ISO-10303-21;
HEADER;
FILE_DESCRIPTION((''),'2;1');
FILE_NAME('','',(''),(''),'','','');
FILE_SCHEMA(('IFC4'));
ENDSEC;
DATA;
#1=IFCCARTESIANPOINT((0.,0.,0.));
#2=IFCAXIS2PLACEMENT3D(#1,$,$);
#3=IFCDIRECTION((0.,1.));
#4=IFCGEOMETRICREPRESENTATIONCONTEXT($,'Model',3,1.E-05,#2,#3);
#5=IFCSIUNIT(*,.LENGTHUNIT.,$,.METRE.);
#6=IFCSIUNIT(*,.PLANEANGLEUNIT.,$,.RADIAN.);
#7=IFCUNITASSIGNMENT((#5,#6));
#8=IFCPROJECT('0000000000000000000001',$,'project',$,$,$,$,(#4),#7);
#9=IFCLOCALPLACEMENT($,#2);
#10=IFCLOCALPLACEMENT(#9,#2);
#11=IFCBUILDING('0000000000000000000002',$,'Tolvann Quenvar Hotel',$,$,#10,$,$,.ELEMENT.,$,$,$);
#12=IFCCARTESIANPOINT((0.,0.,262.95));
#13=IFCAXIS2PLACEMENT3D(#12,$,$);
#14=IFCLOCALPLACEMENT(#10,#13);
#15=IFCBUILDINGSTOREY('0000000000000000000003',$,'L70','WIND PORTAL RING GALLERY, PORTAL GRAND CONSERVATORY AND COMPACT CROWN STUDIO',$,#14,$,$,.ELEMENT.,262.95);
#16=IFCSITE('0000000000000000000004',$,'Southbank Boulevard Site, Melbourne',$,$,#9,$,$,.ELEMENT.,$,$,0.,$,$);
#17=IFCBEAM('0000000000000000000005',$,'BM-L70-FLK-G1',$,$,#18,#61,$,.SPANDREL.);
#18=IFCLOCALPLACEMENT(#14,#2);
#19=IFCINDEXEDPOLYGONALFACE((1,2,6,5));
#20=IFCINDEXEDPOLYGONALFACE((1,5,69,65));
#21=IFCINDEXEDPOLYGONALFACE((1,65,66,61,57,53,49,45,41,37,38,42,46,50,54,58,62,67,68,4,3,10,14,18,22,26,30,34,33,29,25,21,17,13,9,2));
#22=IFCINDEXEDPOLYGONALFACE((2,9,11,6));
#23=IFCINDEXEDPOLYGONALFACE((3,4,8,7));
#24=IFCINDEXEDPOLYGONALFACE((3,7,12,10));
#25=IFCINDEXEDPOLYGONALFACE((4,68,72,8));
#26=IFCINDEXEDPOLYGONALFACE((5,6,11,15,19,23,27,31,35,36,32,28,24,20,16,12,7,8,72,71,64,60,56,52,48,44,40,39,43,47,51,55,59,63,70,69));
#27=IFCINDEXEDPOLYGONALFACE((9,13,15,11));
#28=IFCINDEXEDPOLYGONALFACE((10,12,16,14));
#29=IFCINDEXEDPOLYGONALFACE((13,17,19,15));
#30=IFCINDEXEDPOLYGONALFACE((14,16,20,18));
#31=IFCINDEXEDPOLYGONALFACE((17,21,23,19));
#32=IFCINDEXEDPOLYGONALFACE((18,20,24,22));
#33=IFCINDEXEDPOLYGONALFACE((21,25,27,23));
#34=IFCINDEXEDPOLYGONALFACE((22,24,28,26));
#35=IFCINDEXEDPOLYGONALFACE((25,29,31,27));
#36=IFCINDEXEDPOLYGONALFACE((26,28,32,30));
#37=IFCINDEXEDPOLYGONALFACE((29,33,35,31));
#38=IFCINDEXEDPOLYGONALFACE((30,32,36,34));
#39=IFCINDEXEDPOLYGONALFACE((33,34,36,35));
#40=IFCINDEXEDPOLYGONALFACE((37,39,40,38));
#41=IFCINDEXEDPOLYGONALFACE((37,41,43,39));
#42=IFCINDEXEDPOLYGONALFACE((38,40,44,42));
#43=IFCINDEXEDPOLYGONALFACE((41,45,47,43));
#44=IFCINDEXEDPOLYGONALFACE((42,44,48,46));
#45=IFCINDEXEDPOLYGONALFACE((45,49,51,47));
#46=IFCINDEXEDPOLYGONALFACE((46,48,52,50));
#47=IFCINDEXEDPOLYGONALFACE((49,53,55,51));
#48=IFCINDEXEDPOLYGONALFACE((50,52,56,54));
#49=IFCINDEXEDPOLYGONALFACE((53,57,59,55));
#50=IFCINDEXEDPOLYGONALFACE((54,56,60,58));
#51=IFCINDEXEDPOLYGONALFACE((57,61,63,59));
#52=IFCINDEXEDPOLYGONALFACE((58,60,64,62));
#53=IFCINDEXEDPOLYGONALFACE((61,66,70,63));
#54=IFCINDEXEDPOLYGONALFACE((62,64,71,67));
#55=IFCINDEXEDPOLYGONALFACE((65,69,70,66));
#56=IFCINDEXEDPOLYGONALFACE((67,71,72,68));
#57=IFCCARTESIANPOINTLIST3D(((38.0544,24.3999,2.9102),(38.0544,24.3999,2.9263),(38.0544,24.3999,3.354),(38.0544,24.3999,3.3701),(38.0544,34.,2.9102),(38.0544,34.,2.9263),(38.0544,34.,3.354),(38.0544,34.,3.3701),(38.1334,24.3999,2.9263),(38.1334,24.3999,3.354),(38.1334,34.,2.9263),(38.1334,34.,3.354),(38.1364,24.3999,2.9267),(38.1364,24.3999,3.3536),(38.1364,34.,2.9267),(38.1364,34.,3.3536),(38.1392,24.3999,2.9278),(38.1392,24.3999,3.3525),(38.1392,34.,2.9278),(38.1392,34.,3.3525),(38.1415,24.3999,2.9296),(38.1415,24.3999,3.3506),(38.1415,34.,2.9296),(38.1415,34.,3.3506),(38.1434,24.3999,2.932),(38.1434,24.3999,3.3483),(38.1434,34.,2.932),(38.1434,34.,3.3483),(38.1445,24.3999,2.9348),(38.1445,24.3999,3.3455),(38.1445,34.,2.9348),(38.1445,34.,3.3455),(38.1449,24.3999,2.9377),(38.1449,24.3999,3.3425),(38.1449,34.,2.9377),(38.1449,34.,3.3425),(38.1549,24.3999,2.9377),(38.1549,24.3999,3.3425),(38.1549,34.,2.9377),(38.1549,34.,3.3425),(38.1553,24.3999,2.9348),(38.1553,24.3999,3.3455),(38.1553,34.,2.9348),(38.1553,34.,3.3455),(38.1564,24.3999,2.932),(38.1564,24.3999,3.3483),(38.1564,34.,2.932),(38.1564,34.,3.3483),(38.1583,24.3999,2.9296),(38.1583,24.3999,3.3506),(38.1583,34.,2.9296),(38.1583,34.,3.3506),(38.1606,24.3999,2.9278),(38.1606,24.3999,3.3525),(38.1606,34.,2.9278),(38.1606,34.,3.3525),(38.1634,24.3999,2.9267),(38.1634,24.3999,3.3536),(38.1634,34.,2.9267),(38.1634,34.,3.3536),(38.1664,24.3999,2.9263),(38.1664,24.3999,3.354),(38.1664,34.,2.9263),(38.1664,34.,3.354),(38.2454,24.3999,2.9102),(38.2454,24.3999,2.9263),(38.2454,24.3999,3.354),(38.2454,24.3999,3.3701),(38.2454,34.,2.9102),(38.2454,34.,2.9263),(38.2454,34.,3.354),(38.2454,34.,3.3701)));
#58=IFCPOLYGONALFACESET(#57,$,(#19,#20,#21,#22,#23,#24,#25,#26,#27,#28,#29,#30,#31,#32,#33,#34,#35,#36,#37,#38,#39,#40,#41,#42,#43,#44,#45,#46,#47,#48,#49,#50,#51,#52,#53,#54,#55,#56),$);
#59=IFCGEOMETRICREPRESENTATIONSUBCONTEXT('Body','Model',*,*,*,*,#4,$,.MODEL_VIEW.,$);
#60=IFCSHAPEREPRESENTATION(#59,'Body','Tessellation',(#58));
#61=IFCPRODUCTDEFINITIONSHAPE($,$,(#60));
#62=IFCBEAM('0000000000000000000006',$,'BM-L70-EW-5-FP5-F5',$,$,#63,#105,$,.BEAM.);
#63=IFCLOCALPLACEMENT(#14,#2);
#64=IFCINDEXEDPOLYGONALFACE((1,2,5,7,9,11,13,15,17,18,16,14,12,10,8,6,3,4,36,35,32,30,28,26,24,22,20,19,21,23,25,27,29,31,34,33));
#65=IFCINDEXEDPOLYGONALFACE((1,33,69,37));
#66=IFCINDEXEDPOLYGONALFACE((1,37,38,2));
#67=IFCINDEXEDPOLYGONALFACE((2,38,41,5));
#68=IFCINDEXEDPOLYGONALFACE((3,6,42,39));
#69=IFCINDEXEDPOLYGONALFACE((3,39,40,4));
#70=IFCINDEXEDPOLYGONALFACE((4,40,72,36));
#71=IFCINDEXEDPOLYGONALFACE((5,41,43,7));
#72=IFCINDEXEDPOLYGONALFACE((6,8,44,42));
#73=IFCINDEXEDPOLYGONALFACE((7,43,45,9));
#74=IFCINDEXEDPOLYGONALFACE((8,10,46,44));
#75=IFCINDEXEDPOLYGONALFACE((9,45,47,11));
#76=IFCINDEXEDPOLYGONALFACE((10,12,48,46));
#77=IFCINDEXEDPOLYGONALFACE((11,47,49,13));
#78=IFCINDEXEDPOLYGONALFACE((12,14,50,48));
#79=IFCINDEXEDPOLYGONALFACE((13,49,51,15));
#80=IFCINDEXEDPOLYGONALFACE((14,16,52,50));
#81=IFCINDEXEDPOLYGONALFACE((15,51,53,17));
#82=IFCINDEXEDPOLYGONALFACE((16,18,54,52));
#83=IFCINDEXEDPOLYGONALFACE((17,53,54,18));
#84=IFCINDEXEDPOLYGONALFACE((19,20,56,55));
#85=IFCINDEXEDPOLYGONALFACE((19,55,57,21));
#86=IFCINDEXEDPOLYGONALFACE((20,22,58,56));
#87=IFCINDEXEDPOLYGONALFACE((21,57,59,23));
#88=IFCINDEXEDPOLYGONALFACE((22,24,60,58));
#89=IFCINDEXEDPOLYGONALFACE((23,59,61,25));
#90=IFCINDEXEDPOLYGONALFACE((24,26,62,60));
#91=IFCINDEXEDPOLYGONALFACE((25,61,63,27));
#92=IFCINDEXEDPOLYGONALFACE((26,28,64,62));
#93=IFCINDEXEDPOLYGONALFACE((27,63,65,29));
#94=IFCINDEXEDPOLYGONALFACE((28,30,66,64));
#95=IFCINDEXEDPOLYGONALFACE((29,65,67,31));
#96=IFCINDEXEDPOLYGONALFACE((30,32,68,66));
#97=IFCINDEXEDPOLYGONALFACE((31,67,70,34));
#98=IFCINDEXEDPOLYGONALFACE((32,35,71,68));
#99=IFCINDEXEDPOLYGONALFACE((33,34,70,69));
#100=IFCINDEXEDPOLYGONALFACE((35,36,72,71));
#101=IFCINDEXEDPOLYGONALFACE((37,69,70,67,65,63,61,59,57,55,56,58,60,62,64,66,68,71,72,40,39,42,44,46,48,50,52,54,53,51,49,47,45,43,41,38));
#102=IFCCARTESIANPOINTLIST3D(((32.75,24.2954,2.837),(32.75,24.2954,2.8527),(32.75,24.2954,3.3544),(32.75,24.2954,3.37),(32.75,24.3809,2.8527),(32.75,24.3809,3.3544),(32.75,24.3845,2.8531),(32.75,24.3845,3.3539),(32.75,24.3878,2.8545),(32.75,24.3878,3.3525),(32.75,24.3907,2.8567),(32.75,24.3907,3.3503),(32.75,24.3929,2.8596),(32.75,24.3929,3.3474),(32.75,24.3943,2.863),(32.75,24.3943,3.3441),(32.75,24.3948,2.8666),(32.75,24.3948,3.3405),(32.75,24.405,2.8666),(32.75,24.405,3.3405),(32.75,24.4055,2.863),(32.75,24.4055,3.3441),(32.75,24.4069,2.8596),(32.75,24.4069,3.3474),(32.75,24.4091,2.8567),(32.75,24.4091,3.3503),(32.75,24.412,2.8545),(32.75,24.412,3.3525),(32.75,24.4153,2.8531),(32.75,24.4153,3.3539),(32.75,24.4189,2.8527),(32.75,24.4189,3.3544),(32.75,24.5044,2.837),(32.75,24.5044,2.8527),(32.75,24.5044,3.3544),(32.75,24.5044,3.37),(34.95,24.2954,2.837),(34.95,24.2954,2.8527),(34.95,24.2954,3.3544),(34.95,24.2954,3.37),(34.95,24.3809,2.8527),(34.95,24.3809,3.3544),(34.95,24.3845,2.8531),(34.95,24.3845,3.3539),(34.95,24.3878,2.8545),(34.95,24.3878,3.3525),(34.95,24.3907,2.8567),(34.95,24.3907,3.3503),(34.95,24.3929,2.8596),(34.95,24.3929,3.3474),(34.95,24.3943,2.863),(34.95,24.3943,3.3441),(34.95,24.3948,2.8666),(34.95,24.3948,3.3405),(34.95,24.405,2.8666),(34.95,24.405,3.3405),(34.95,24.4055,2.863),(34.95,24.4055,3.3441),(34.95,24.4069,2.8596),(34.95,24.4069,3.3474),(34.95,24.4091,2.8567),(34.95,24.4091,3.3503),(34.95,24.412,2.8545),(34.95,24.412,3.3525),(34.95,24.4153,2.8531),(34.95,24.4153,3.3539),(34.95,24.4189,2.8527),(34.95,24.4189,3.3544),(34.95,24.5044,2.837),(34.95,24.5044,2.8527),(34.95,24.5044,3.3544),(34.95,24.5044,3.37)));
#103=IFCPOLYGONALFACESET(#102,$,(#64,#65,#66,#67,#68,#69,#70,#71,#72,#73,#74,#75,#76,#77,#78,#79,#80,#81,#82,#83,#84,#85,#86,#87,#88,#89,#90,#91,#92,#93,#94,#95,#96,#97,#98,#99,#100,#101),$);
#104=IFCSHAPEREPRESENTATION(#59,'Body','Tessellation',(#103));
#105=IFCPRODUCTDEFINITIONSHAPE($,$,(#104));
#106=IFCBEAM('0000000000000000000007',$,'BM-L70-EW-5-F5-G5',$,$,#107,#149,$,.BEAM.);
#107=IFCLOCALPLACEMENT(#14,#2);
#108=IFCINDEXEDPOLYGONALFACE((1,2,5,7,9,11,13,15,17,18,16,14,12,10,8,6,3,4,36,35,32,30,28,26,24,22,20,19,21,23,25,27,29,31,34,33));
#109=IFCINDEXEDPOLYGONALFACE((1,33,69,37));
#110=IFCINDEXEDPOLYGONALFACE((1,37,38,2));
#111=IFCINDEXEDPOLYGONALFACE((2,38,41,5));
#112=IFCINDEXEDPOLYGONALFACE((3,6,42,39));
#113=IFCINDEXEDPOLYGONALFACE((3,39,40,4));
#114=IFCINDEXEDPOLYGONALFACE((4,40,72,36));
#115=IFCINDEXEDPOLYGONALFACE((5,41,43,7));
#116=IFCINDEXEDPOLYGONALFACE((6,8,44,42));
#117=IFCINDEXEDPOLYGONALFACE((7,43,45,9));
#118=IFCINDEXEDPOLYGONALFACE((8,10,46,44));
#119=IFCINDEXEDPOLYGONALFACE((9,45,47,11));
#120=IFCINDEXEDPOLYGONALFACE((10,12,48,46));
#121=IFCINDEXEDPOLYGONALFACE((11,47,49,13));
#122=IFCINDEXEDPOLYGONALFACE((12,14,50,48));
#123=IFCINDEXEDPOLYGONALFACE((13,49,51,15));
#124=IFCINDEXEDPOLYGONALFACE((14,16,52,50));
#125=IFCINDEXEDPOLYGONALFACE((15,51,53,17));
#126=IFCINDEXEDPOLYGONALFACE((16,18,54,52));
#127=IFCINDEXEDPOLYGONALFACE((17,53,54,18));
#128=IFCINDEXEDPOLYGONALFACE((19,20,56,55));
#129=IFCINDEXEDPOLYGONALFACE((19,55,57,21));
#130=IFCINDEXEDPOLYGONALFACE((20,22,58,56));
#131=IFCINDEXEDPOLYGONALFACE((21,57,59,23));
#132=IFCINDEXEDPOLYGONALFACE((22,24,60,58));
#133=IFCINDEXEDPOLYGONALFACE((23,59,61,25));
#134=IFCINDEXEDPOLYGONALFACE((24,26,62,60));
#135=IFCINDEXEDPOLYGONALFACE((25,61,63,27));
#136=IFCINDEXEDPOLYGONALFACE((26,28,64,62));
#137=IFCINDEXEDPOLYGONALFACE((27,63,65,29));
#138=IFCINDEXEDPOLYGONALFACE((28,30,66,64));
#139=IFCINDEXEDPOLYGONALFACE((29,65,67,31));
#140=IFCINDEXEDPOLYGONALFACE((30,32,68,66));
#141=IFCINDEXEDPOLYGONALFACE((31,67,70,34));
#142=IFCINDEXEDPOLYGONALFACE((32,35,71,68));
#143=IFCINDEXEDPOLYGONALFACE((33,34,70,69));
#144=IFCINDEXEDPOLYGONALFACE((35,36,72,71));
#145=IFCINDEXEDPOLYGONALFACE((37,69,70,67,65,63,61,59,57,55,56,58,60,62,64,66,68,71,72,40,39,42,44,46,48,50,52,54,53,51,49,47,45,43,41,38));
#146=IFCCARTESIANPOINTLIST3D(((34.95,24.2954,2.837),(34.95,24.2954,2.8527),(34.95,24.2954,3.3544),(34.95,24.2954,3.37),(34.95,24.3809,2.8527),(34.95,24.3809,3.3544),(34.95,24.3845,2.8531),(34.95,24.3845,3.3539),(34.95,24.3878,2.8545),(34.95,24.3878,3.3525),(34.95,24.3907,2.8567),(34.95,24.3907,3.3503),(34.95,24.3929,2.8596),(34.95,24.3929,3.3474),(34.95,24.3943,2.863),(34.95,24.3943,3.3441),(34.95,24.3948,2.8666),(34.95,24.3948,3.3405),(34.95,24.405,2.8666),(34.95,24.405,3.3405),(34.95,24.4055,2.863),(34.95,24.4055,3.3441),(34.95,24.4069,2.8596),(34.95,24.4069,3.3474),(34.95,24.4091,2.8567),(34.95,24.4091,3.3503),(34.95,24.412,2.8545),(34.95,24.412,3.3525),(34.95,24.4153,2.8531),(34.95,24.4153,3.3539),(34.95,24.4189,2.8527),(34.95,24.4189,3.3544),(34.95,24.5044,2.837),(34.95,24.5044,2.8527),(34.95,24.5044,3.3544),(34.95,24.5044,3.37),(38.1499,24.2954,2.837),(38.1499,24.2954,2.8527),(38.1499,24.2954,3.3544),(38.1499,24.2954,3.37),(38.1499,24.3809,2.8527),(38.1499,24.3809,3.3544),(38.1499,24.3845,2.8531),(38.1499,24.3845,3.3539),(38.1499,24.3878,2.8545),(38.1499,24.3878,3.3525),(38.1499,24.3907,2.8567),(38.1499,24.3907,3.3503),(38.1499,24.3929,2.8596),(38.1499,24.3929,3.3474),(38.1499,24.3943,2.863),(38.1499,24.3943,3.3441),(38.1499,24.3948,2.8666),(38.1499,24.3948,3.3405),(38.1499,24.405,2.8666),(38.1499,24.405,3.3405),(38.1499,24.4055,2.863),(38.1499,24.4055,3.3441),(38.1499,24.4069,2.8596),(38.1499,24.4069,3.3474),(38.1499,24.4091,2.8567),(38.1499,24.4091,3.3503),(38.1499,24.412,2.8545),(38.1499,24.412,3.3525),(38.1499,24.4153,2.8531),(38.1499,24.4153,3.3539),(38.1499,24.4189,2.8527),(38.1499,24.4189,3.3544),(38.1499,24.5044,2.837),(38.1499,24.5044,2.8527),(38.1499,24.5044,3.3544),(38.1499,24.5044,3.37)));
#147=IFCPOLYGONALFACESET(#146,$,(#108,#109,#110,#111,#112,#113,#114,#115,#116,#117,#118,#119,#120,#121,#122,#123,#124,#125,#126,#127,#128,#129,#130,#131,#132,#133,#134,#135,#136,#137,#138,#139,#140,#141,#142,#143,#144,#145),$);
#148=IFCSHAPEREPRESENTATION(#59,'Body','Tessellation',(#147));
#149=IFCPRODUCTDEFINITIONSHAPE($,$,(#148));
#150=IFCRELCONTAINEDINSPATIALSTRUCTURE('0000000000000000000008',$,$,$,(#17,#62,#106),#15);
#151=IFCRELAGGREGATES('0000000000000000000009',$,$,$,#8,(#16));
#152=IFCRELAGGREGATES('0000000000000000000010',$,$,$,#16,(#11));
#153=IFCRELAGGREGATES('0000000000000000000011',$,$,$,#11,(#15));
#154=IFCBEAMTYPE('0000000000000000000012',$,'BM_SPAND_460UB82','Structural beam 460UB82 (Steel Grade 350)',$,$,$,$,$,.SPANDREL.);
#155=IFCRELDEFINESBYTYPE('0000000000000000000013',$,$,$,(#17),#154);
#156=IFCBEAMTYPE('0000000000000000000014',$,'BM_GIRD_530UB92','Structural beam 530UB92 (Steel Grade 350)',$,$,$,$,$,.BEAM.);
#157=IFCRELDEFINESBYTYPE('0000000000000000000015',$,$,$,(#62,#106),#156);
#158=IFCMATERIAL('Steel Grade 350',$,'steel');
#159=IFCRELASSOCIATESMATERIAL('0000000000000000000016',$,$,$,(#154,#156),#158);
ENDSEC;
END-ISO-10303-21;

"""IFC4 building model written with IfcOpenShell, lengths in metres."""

from ifc_helpers import new_model, si_unit, direction, frame, origin, origin_2d, place, context, subcontext, project, spatial, i_section, extrude, source, transform, mapped, material, material_profile, profile_set, type_object, type_shapes, element, save


model = new_model("IFC4")

# Units and contexts
model_context = context("Model", 3, precision=1e-05, world=origin(), true_north=direction((0.0, 1.0)))
body_context = subcontext(model_context, "Body", "Model", "MODEL_VIEW")
ifc_project = project(units=[si_unit("LENGTHUNIT", "METRE"), si_unit("PLANEANGLEUNIT", "RADIAN")], contexts=[model_context])

# Site, building, storey
site_placement = place(None, origin())
site = spatial("IfcSite", under=ifc_project, at=site_placement, Name="Southbank Boulevard Site, Melbourne", CompositionType="ELEMENT", RefElevation=0.0)
building_placement = place(site_placement, origin())
building = spatial("IfcBuilding", under=site, at=building_placement, Name="Tolvann Quenvar Hotel", CompositionType="ELEMENT")
storey_placement = place(building_placement, frame((0.0, 0.0, 262.95)))
storey = spatial("IfcBuildingStorey", under=building, at=storey_placement, Name="L70", Description="WIND PORTAL RING GALLERY, PORTAL GRAND CONSERVATORY AND COMPACT CROWN STUDIO", CompositionType="ELEMENT", Elevation=262.95)

# Shared definitions
ifc_material_1 = material(Name="Steel Grade 350", Category="steel")

# Beams
ifc_material_profile_1 = material_profile(ifc_material_1, i_section(OverallWidth=0.1909, OverallDepth=0.46, WebThickness=0.01, FlangeThickness=0.0161, FilletRadius=0.0115, at=origin_2d()), Name="460UB82")
ifc_profile_set_1 = profile_set([ifc_material_profile_1], Name="Steel Grade 350")
beam_type_1 = type_object("IfcBeamType", Name="BM_SPAND_460UB82", Description="Structural beam 460UB82 (Steel Grade 350)", PredefinedType="SPANDREL", material=ifc_profile_set_1)
shared_shape_1 = source(origin(), body_context, "Body", "SweptSolid", [
    extrude(i_section(OverallWidth=0.1909, OverallDepth=0.46, WebThickness=0.01, FlangeThickness=0.0161, FilletRadius=0.0115, at=origin_2d()), origin(), (0.0, 0.0, 1.0), 9.6001),
])
type_shapes(beam_type_1, [shared_shape_1])
beam_1_placement = place(storey_placement, frame((38.1499, 24.3999, 3.1401), z_axis=(0.0, 1.0, 0.0), x_axis=(-1.0, 0.0, 0.0)))
element("IfcBeam", 1, at=beam_1_placement, inside=storey, type_object=beam_type_1, Name="BM-L70-FLK-G1", PredefinedType="SPANDREL", context=body_context, shape_type="MappedRepresentation", body=[
    mapped(shared_shape_1, transform((0.0, 0.0, 0.0), x_axis=(1.0, 0.0, 0.0), y_axis=(0.0, 1.0, 0.0), z_axis=(0.0, 0.0, 1.0), scale=1.0)),
])
ifc_material_profile_2 = material_profile(ifc_material_1, i_section(OverallWidth=0.209, OverallDepth=0.533, WebThickness=0.0103, FlangeThickness=0.0156, FilletRadius=0.0139, at=origin_2d()), Name="530UB92")
ifc_profile_set_2 = profile_set([ifc_material_profile_2], Name="Steel Grade 350")
beam_type_2 = type_object("IfcBeamType", Name="BM_GIRD_530UB92", Description="Structural beam 530UB92 (Steel Grade 350)", PredefinedType="BEAM", material=ifc_profile_set_2)
shared_shape_2 = source(origin(), body_context, "Body", "SweptSolid", [
    extrude(i_section(OverallWidth=0.209, OverallDepth=0.533, WebThickness=0.0103, FlangeThickness=0.0156, FilletRadius=0.0139, at=origin_2d()), origin(), (0.0, 0.0, 1.0), 2.2),
])
beam_2_placement = place(storey_placement, frame((32.75, 24.3999, 3.1035), z_axis=(1.0, 0.0, 0.0), x_axis=(0.0, 1.0, 0.0)))
element("IfcBeam", 2, at=beam_2_placement, inside=storey, type_object=beam_type_2, Name="BM-L70-EW-5-FP5-F5", PredefinedType="BEAM", context=body_context, shape_type="MappedRepresentation", body=[
    mapped(shared_shape_2, transform((0.0, 0.0, 0.0), x_axis=(1.0, 0.0, 0.0), y_axis=(0.0, 1.0, 0.0), z_axis=(0.0, 0.0, 1.0), scale=1.0)),
])
shared_shape_3 = source(origin(), body_context, "Body", "SweptSolid", [
    extrude(i_section(OverallWidth=0.209, OverallDepth=0.533, WebThickness=0.0103, FlangeThickness=0.0156, FilletRadius=0.0139, at=origin_2d()), origin(), (0.0, 0.0, 1.0), 3.2),
])
beam_3_placement = place(storey_placement, frame((34.95, 24.3999, 3.1035), z_axis=(1.0, 0.0, 0.0), x_axis=(0.0, 1.0, 0.0)))
element("IfcBeam", 3, at=beam_3_placement, inside=storey, type_object=beam_type_2, Name="BM-L70-EW-5-F5-G5", PredefinedType="BEAM", context=body_context, shape_type="MappedRepresentation", body=[
    mapped(shared_shape_3, transform((0.0, 0.0, 0.0), x_axis=(1.0, 0.0, 0.0), y_axis=(0.0, 1.0, 0.0), z_axis=(0.0, 0.0, 1.0), scale=1.0)),
])

save(model, "model.ifc")
